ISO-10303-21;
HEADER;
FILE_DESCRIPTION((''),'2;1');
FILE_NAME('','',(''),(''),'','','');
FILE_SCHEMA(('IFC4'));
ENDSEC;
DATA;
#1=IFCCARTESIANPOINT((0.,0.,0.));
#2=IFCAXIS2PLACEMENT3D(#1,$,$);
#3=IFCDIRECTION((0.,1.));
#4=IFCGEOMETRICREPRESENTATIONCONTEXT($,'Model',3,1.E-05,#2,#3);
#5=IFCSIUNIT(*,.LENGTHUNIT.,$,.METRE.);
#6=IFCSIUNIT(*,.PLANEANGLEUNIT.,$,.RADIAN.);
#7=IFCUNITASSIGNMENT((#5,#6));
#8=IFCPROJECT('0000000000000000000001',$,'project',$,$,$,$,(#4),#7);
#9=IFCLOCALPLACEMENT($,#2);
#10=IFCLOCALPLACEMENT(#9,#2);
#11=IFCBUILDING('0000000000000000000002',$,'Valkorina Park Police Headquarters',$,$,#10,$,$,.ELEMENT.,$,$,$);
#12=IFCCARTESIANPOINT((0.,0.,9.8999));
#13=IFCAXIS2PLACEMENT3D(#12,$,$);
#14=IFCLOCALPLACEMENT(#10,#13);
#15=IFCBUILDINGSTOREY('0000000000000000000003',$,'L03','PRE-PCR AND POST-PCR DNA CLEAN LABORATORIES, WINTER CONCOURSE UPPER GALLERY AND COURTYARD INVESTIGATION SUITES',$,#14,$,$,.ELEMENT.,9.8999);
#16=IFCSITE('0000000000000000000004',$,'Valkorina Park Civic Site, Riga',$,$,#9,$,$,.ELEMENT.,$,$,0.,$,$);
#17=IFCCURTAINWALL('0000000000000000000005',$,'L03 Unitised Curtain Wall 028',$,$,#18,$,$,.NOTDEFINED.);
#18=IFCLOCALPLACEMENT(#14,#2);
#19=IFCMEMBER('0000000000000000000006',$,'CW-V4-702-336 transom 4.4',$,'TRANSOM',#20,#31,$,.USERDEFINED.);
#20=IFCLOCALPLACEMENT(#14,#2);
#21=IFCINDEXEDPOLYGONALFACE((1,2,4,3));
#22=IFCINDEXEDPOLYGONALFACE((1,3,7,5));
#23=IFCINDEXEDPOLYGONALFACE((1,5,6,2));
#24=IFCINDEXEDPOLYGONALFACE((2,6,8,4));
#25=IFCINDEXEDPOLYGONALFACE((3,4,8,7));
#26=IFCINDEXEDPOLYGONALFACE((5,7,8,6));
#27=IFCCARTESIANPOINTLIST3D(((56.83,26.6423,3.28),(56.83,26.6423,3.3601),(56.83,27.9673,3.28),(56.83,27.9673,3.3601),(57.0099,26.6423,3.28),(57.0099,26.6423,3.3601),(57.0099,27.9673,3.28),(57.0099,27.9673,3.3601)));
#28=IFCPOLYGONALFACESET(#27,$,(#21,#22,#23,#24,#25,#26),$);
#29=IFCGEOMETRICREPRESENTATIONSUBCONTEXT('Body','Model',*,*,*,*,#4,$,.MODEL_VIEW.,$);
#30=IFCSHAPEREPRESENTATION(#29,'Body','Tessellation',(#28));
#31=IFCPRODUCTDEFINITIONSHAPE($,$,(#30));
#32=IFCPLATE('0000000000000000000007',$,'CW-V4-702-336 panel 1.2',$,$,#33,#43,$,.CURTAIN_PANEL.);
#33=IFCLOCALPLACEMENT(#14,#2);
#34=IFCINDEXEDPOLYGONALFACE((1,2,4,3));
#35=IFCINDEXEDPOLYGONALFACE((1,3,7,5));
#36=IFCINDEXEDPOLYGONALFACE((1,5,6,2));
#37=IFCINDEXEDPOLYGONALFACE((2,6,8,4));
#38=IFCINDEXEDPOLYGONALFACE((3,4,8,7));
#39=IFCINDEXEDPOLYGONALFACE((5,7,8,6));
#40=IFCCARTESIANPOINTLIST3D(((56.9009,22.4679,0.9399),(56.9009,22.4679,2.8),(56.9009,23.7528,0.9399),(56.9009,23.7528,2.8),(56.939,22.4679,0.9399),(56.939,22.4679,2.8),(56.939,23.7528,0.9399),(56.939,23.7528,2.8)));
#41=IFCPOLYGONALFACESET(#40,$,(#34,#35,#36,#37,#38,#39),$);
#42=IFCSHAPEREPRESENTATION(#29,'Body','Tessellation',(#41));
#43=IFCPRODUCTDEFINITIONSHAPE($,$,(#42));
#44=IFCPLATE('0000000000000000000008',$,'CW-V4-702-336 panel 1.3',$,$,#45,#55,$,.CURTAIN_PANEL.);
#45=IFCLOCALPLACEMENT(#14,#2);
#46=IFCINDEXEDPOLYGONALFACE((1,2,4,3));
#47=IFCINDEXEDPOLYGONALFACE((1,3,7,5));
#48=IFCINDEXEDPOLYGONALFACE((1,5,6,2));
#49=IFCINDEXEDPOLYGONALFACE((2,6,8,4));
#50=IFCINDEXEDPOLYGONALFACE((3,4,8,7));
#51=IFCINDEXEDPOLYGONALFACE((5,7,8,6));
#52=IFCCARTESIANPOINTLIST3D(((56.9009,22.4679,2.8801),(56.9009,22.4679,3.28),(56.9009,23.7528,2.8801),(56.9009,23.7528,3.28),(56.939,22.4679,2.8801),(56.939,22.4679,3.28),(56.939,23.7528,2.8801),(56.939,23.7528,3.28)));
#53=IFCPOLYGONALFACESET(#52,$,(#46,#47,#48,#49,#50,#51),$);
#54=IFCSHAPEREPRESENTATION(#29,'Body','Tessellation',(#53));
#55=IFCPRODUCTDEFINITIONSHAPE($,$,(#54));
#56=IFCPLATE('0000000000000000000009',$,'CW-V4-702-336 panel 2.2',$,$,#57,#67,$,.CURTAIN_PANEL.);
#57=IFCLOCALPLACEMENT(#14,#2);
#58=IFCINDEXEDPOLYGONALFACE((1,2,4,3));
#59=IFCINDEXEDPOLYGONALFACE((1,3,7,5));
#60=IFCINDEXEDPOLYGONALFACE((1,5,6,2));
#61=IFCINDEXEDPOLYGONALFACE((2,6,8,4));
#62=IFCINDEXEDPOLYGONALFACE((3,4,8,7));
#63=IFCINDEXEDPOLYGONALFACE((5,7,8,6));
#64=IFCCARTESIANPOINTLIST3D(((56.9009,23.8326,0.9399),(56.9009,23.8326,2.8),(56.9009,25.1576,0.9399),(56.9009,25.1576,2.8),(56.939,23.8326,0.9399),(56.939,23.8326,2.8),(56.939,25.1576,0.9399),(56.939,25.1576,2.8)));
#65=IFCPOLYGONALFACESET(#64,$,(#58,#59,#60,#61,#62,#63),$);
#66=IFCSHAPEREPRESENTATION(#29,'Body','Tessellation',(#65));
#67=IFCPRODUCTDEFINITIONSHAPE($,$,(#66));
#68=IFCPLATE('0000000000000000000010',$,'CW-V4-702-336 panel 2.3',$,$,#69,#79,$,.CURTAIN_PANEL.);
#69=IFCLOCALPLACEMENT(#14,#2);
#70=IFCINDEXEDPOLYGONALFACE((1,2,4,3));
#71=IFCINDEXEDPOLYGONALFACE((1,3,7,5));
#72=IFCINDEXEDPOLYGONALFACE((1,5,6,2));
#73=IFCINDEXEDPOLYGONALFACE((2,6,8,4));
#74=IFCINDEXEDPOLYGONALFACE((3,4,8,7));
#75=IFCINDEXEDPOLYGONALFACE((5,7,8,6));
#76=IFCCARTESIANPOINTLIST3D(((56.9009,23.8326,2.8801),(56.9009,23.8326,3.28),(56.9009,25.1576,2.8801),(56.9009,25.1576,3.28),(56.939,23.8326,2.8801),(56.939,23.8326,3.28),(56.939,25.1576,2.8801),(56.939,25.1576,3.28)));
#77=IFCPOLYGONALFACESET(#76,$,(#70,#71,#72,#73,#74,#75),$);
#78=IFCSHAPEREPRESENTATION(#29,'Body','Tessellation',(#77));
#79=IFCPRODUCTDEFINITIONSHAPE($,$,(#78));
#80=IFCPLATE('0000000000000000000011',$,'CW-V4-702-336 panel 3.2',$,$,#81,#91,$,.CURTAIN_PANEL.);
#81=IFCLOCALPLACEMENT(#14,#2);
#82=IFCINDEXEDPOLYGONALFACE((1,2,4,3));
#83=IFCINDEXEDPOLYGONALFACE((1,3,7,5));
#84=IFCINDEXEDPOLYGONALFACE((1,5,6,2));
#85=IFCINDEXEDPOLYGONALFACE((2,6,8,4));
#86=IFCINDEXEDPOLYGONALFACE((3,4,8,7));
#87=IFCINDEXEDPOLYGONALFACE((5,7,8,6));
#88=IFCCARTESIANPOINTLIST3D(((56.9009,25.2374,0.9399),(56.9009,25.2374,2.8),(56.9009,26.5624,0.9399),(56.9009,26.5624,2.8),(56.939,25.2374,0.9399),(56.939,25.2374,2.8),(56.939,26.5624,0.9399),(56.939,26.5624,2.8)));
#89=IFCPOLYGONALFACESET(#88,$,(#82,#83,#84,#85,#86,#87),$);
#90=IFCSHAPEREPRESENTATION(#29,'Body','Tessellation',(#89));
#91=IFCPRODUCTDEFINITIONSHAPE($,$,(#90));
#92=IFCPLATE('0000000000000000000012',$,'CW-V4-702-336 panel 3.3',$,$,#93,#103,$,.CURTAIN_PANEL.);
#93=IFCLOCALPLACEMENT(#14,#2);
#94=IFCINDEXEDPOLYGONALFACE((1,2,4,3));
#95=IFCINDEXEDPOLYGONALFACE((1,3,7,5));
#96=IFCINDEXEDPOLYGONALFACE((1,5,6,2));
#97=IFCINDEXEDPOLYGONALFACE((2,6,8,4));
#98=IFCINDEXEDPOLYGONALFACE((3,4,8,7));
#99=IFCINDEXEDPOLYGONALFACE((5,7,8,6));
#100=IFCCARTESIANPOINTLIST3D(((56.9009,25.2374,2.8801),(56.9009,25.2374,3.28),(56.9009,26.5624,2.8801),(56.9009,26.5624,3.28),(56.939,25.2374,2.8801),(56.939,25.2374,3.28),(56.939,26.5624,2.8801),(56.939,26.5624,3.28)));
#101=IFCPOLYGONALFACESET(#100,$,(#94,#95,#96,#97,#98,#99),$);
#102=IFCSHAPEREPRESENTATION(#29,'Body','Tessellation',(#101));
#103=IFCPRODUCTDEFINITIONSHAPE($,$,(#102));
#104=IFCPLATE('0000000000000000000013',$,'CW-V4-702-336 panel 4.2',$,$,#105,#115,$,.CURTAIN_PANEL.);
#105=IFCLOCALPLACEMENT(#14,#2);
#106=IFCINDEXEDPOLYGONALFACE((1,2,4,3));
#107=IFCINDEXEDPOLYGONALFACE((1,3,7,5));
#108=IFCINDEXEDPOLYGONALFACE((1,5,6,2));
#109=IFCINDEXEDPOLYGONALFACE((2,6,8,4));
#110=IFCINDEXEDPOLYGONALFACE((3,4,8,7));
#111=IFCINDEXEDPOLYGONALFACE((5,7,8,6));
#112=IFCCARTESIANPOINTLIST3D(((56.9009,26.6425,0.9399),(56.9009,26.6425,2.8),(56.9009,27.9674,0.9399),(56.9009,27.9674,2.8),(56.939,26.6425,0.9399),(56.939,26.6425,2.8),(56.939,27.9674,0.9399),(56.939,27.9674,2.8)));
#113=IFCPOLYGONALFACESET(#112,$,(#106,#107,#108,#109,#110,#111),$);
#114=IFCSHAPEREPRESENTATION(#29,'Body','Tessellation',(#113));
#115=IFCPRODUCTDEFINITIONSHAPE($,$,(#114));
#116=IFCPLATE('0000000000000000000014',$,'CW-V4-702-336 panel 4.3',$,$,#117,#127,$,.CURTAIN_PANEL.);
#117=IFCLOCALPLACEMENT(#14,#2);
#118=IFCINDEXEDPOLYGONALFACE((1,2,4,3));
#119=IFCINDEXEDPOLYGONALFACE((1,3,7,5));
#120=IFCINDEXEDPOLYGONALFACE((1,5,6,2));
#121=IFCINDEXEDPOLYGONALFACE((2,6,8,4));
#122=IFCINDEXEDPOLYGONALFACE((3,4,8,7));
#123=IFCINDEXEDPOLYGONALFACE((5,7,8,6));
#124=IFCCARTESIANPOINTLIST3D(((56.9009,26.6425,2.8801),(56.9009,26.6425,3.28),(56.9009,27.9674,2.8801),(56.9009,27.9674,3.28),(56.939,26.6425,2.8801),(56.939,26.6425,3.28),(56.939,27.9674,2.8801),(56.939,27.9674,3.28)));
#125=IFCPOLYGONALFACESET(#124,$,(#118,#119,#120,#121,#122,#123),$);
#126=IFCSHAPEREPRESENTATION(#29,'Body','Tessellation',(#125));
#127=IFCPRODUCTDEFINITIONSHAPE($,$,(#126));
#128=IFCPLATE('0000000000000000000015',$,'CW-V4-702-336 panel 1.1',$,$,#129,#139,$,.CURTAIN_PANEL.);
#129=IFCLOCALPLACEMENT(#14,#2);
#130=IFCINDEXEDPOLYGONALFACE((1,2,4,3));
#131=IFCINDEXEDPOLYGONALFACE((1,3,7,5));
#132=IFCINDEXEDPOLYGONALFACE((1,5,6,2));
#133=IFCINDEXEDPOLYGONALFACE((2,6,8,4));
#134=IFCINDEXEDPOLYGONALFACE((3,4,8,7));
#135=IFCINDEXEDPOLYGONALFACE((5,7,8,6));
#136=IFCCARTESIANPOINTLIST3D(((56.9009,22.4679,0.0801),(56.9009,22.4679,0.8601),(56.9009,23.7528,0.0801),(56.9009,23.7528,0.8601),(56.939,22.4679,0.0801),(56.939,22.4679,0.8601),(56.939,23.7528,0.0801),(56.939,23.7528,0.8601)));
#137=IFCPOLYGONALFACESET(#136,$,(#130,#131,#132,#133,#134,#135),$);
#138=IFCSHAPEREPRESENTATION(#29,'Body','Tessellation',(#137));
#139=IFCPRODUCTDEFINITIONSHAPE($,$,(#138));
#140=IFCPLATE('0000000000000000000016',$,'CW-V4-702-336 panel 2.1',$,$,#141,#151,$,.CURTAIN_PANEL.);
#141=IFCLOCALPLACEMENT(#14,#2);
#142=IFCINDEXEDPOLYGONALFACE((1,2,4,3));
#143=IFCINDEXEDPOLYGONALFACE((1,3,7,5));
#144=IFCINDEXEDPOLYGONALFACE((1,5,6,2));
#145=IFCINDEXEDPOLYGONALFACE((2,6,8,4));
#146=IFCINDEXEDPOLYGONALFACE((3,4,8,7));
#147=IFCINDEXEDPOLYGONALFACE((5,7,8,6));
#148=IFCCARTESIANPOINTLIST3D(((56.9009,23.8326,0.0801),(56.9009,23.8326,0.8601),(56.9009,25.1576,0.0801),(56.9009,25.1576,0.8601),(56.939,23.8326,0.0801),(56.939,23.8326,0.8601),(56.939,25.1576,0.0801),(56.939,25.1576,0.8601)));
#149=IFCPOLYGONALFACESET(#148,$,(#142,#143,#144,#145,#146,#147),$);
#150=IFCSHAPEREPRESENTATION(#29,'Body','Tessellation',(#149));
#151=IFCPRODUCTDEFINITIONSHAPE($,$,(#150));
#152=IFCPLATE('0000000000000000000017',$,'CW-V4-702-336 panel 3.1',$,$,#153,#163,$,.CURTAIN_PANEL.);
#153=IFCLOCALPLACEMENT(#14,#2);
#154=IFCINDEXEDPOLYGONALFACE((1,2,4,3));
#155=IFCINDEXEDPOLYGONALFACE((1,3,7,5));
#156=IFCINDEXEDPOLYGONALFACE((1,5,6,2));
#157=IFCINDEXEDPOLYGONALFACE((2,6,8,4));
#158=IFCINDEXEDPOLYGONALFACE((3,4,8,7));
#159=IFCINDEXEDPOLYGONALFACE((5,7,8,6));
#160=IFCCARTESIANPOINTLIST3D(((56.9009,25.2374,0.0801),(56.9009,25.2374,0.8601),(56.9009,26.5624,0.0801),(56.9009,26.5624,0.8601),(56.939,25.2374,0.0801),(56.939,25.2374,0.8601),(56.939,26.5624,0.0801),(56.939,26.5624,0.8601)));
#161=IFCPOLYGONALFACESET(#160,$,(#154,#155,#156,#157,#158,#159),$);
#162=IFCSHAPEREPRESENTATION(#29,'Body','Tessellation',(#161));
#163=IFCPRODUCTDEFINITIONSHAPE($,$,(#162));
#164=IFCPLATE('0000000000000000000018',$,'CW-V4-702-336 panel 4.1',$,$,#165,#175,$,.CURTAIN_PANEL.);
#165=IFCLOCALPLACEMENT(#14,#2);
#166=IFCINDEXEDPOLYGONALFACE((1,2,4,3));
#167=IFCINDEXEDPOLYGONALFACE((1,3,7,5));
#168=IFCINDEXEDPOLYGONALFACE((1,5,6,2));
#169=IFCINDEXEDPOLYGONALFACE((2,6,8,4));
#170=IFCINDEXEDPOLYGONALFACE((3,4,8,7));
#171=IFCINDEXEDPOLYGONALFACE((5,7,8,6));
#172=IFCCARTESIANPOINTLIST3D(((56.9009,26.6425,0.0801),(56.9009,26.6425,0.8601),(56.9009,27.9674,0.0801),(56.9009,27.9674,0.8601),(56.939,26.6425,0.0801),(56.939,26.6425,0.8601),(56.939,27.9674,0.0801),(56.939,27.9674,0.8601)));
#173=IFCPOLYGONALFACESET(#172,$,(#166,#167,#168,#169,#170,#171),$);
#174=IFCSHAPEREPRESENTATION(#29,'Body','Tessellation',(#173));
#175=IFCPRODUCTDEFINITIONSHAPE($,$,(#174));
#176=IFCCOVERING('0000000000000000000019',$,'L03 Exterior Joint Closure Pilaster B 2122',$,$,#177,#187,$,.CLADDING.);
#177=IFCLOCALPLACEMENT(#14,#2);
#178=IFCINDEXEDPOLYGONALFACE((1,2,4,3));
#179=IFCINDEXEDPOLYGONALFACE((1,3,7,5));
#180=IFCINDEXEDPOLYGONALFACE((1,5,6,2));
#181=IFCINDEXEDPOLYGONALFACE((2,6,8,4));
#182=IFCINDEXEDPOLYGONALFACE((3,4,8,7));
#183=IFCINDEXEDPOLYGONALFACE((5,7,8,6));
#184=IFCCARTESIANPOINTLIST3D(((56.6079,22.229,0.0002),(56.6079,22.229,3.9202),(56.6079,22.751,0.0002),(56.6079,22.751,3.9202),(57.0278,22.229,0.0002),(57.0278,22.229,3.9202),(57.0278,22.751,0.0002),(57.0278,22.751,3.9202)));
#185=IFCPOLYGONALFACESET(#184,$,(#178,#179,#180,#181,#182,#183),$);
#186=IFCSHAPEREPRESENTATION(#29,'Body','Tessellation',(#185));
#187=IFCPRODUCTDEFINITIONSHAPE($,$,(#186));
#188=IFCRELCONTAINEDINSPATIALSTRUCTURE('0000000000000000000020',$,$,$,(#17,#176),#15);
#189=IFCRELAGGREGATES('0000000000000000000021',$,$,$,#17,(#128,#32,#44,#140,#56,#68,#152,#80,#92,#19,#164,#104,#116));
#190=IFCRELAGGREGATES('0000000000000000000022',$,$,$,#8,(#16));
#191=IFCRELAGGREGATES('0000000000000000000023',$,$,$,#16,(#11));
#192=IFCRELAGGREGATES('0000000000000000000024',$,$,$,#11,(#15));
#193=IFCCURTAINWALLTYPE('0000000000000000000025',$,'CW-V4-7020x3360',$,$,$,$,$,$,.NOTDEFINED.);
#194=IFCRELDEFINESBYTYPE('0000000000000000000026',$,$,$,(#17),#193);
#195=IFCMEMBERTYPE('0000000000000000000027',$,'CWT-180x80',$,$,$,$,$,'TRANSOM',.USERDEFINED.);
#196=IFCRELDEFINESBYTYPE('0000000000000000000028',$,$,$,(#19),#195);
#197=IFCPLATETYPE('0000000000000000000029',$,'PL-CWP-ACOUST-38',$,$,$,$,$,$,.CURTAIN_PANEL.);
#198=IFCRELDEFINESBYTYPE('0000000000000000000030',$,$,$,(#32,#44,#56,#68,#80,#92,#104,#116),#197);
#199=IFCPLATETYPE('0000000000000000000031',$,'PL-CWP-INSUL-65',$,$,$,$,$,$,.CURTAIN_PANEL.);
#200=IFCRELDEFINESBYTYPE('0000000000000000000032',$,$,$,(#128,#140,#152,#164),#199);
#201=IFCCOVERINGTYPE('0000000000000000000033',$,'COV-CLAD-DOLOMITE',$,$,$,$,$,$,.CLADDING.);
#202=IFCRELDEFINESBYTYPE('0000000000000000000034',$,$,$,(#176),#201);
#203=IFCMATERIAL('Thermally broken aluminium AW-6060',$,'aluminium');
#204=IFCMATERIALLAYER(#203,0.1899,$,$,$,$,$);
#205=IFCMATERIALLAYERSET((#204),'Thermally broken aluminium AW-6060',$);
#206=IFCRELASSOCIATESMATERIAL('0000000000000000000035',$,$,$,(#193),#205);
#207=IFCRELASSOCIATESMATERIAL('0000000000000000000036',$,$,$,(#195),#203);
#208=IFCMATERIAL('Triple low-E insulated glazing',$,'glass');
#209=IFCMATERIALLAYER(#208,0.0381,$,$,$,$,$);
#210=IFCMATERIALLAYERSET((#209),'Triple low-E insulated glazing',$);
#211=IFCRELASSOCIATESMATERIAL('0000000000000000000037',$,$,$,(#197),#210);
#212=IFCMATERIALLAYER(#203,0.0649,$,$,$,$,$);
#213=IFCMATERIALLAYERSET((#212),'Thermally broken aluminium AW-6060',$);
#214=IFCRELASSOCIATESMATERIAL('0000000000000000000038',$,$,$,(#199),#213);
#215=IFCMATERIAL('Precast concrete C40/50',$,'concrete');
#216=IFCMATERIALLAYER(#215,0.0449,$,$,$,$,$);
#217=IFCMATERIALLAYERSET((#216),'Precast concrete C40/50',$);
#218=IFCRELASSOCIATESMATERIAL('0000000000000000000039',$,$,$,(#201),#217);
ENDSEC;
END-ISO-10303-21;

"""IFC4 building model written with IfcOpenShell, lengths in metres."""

from ifc_helpers import new_model, si_unit, direction, frame, origin, origin_2d, place, context, subcontext, project, spatial, rectangle, extrude, material, layer, layer_set, material_profile, profile_set, type_object, element, aggregate, save


model = new_model("IFC4")

# Units and contexts
model_context = context("Model", 3, precision=1e-05, world=origin(), true_north=direction((0.0, 1.0)))
body_context = subcontext(model_context, "Body", "Model", "MODEL_VIEW")
ifc_project = project(units=[si_unit("LENGTHUNIT", "METRE"), si_unit("PLANEANGLEUNIT", "RADIAN")], contexts=[model_context])

# Site, building, storey
site_placement = place(None, origin())
site = spatial("IfcSite", under=ifc_project, at=site_placement, Name="Valkorina Park Civic Site, Riga", CompositionType="ELEMENT", RefElevation=0.0)
building_placement = place(site_placement, origin())
building = spatial("IfcBuilding", under=site, at=building_placement, Name="Valkorina Park Police Headquarters", CompositionType="ELEMENT")
storey_placement = place(building_placement, frame((0.0, 0.0, 9.8999)))
storey = spatial("IfcBuildingStorey", under=building, at=storey_placement, Name="L03", Description="PRE-PCR AND POST-PCR DNA CLEAN LABORATORIES, WINTER CONCOURSE UPPER GALLERY AND COURTYARD INVESTIGATION SUITES", CompositionType="ELEMENT", Elevation=9.8999)

# Curtain wall, member, plates
ifc_material_1 = material(Name="Thermally broken aluminium AW-6060", Category="aluminium")
ifc_layer_1 = layer(ifc_material_1, 0.1899)
ifc_layer_set_1 = layer_set([ifc_layer_1], Name="Thermally broken aluminium AW-6060")
curtain_wall_type = type_object("IfcCurtainWallType", Name="CW-V4-7020x3360", PredefinedType="NOTDEFINED", material=ifc_layer_set_1)
curtain_wall_placement = place(storey_placement, origin())
curtain_wall = element("IfcCurtainWall", 1, at=curtain_wall_placement, inside=storey, type_object=curtain_wall_type, Name="L03 Unitised Curtain Wall 028", PredefinedType="NOTDEFINED")
ifc_material_profile_1 = material_profile(ifc_material_1, rectangle(XDim=0.1799, YDim=0.0801, at=origin_2d()), Name="CWT-03 180x80")
ifc_profile_set_1 = profile_set([ifc_material_profile_1], Name="Thermally broken aluminium AW-6060")
member_type_1 = type_object("IfcMemberType", Name="CWT-180x80", ElementType="TRANSOM", PredefinedType="USERDEFINED", material=ifc_profile_set_1)
member_1_placement = place(storey_placement, frame((56.9199, 26.6423, 3.3201), z_axis=(0.0, 1.0, 0.0), x_axis=(-1.0, 0.0, 0.0)))
member_1 = element("IfcMember", 2, at=member_1_placement, type_object=member_type_1, Name="CW-V4-702-336 transom 4.4", ObjectType="TRANSOM", PredefinedType="USERDEFINED", context=body_context, shape_type="SweptSolid", body=[
    extrude(rectangle(XDim=0.1799, YDim=0.0801, at=origin_2d()), origin(), (0.0, 0.0, 1.0), 1.325),
])
ifc_material_2 = material(Name="Triple low-E insulated glazing", Category="glass")
ifc_layer_2 = layer(ifc_material_2, 0.0381)
ifc_layer_set_2 = layer_set([ifc_layer_2], Name="Triple low-E insulated glazing")
plate_type_1 = type_object("IfcPlateType", Name="PL-CWP-ACOUST-38", PredefinedType="CURTAIN_PANEL", material=ifc_layer_set_2)
plate_1_placement = place(storey_placement, frame((56.9199, 23.1104, 0.9399), z_axis=(0.0, 0.0, 1.0), x_axis=(0.0, 1.0, 0.0)))
plate_1 = element("IfcPlate", 3, at=plate_1_placement, type_object=plate_type_1, Name="CW-V4-702-336 panel 1.2", PredefinedType="CURTAIN_PANEL", context=body_context, shape_type="SweptSolid", body=[
    extrude(rectangle(XDim=1.2849, YDim=0.0381, at=origin_2d()), origin(), (0.0, 0.0, 1.0), 1.8601),
])
plate_2_placement = place(storey_placement, frame((56.9199, 23.1104, 2.8801), z_axis=(0.0, 0.0, 1.0), x_axis=(0.0, 1.0, 0.0)))
plate_2 = element("IfcPlate", 4, at=plate_2_placement, type_object=plate_type_1, Name="CW-V4-702-336 panel 1.3", PredefinedType="CURTAIN_PANEL", context=body_context, shape_type="SweptSolid", body=[
    extrude(rectangle(XDim=1.2849, YDim=0.0381, at=origin_2d()), origin(), (0.0, 0.0, 1.0), 0.3999),
])
plate_3_placement = place(storey_placement, frame((56.9199, 24.4951, 0.9399), z_axis=(0.0, 0.0, 1.0), x_axis=(0.0, 1.0, 0.0)))
plate_3 = element("IfcPlate", 5, at=plate_3_placement, type_object=plate_type_1, Name="CW-V4-702-336 panel 2.2", PredefinedType="CURTAIN_PANEL", context=body_context, shape_type="SweptSolid", body=[
    extrude(rectangle(XDim=1.325, YDim=0.0381, at=origin_2d()), origin(), (0.0, 0.0, 1.0), 1.8601),
])
plate_4_placement = place(storey_placement, frame((56.9199, 24.4951, 2.8801), z_axis=(0.0, 0.0, 1.0), x_axis=(0.0, 1.0, 0.0)))
plate_4 = element("IfcPlate", 6, at=plate_4_placement, type_object=plate_type_1, Name="CW-V4-702-336 panel 2.3", PredefinedType="CURTAIN_PANEL", context=body_context, shape_type="SweptSolid", body=[
    extrude(rectangle(XDim=1.325, YDim=0.0381, at=origin_2d()), origin(), (0.0, 0.0, 1.0), 0.3999),
])
plate_5_placement = place(storey_placement, frame((56.9199, 25.8999, 0.9399), z_axis=(0.0, 0.0, 1.0), x_axis=(0.0, 1.0, 0.0)))
plate_5 = element("IfcPlate", 7, at=plate_5_placement, type_object=plate_type_1, Name="CW-V4-702-336 panel 3.2", PredefinedType="CURTAIN_PANEL", context=body_context, shape_type="SweptSolid", body=[
    extrude(rectangle(XDim=1.325, YDim=0.0381, at=origin_2d()), origin(), (0.0, 0.0, 1.0), 1.8601),
])
plate_6_placement = place(storey_placement, frame((56.9199, 25.8999, 2.8801), z_axis=(0.0, 0.0, 1.0), x_axis=(0.0, 1.0, 0.0)))
plate_6 = element("IfcPlate", 8, at=plate_6_placement, type_object=plate_type_1, Name="CW-V4-702-336 panel 3.3", PredefinedType="CURTAIN_PANEL", context=body_context, shape_type="SweptSolid", body=[
    extrude(rectangle(XDim=1.325, YDim=0.0381, at=origin_2d()), origin(), (0.0, 0.0, 1.0), 0.3999),
])
plate_7_placement = place(storey_placement, frame((56.9199, 27.3049, 0.9399), z_axis=(0.0, 0.0, 1.0), x_axis=(0.0, 1.0, 0.0)))
plate_7 = element("IfcPlate", 9, at=plate_7_placement, type_object=plate_type_1, Name="CW-V4-702-336 panel 4.2", PredefinedType="CURTAIN_PANEL", context=body_context, shape_type="SweptSolid", body=[
    extrude(rectangle(XDim=1.325, YDim=0.0381, at=origin_2d()), origin(), (0.0, 0.0, 1.0), 1.8601),
])
plate_8_placement = place(storey_placement, frame((56.9199, 27.3049, 2.8801), z_axis=(0.0, 0.0, 1.0), x_axis=(0.0, 1.0, 0.0)))
plate_8 = element("IfcPlate", 10, at=plate_8_placement, type_object=plate_type_1, Name="CW-V4-702-336 panel 4.3", PredefinedType="CURTAIN_PANEL", context=body_context, shape_type="SweptSolid", body=[
    extrude(rectangle(XDim=1.325, YDim=0.0381, at=origin_2d()), origin(), (0.0, 0.0, 1.0), 0.3999),
])
ifc_layer_3 = layer(ifc_material_1, 0.0649)
ifc_layer_set_3 = layer_set([ifc_layer_3], Name="Thermally broken aluminium AW-6060")
plate_type_2 = type_object("IfcPlateType", Name="PL-CWP-INSUL-65", PredefinedType="CURTAIN_PANEL", material=ifc_layer_set_3)
plate_9_placement = place(storey_placement, frame((56.9199, 23.1104, 0.0801), z_axis=(0.0, 0.0, 1.0), x_axis=(0.0, 1.0, 0.0)))
plate_9 = element("IfcPlate", 11, at=plate_9_placement, type_object=plate_type_2, Name="CW-V4-702-336 panel 1.1", PredefinedType="CURTAIN_PANEL", context=body_context, shape_type="SweptSolid", body=[
    extrude(rectangle(XDim=1.2849, YDim=0.0381, at=origin_2d()), origin(), (0.0, 0.0, 1.0), 0.78),
])
plate_10_placement = place(storey_placement, frame((56.9199, 24.4951, 0.0801), z_axis=(0.0, 0.0, 1.0), x_axis=(0.0, 1.0, 0.0)))
plate_10 = element("IfcPlate", 12, at=plate_10_placement, type_object=plate_type_2, Name="CW-V4-702-336 panel 2.1", PredefinedType="CURTAIN_PANEL", context=body_context, shape_type="SweptSolid", body=[
    extrude(rectangle(XDim=1.325, YDim=0.0381, at=origin_2d()), origin(), (0.0, 0.0, 1.0), 0.78),
])
plate_11_placement = place(storey_placement, frame((56.9199, 25.8999, 0.0801), z_axis=(0.0, 0.0, 1.0), x_axis=(0.0, 1.0, 0.0)))
plate_11 = element("IfcPlate", 13, at=plate_11_placement, type_object=plate_type_2, Name="CW-V4-702-336 panel 3.1", PredefinedType="CURTAIN_PANEL", context=body_context, shape_type="SweptSolid", body=[
    extrude(rectangle(XDim=1.325, YDim=0.0381, at=origin_2d()), origin(), (0.0, 0.0, 1.0), 0.78),
])
plate_12_placement = place(storey_placement, frame((56.9199, 27.3049, 0.0801), z_axis=(0.0, 0.0, 1.0), x_axis=(0.0, 1.0, 0.0)))
plate_12 = element("IfcPlate", 14, at=plate_12_placement, type_object=plate_type_2, Name="CW-V4-702-336 panel 4.1", PredefinedType="CURTAIN_PANEL", context=body_context, shape_type="SweptSolid", body=[
    extrude(rectangle(XDim=1.325, YDim=0.0381, at=origin_2d()), origin(), (0.0, 0.0, 1.0), 0.78),
])
aggregate(curtain_wall, [plate_9, plate_1, plate_2, plate_10, plate_3, plate_4, plate_11, plate_5, plate_6, member_1, plate_12, plate_7, plate_8])

# Covering
ifc_material_3 = material(Name="Precast concrete C40/50", Category="concrete")
ifc_layer_4 = layer(ifc_material_3, 0.0449)
ifc_layer_set_4 = layer_set([ifc_layer_4], Name="Precast concrete C40/50")
covering_type = type_object("IfcCoveringType", Name="COV-CLAD-DOLOMITE", PredefinedType="CLADDING", material=ifc_layer_set_4)
covering_placement = place(storey_placement, frame((56.8179, 22.49, 0.0002), z_axis=(0.0, 0.0, 1.0), x_axis=(1.0, 0.0, 0.0)))
element("IfcCovering", 15, at=covering_placement, inside=storey, type_object=covering_type, Name="L03 Exterior Joint Closure Pilaster B 2122", PredefinedType="CLADDING", context=body_context, shape_type="SweptSolid", body=[
    extrude(rectangle(XDim=0.4199, YDim=0.522, at=origin_2d()), origin(), (0.0, 0.0, 1.0), 3.9199),
])

save(model, "model.ifc")
